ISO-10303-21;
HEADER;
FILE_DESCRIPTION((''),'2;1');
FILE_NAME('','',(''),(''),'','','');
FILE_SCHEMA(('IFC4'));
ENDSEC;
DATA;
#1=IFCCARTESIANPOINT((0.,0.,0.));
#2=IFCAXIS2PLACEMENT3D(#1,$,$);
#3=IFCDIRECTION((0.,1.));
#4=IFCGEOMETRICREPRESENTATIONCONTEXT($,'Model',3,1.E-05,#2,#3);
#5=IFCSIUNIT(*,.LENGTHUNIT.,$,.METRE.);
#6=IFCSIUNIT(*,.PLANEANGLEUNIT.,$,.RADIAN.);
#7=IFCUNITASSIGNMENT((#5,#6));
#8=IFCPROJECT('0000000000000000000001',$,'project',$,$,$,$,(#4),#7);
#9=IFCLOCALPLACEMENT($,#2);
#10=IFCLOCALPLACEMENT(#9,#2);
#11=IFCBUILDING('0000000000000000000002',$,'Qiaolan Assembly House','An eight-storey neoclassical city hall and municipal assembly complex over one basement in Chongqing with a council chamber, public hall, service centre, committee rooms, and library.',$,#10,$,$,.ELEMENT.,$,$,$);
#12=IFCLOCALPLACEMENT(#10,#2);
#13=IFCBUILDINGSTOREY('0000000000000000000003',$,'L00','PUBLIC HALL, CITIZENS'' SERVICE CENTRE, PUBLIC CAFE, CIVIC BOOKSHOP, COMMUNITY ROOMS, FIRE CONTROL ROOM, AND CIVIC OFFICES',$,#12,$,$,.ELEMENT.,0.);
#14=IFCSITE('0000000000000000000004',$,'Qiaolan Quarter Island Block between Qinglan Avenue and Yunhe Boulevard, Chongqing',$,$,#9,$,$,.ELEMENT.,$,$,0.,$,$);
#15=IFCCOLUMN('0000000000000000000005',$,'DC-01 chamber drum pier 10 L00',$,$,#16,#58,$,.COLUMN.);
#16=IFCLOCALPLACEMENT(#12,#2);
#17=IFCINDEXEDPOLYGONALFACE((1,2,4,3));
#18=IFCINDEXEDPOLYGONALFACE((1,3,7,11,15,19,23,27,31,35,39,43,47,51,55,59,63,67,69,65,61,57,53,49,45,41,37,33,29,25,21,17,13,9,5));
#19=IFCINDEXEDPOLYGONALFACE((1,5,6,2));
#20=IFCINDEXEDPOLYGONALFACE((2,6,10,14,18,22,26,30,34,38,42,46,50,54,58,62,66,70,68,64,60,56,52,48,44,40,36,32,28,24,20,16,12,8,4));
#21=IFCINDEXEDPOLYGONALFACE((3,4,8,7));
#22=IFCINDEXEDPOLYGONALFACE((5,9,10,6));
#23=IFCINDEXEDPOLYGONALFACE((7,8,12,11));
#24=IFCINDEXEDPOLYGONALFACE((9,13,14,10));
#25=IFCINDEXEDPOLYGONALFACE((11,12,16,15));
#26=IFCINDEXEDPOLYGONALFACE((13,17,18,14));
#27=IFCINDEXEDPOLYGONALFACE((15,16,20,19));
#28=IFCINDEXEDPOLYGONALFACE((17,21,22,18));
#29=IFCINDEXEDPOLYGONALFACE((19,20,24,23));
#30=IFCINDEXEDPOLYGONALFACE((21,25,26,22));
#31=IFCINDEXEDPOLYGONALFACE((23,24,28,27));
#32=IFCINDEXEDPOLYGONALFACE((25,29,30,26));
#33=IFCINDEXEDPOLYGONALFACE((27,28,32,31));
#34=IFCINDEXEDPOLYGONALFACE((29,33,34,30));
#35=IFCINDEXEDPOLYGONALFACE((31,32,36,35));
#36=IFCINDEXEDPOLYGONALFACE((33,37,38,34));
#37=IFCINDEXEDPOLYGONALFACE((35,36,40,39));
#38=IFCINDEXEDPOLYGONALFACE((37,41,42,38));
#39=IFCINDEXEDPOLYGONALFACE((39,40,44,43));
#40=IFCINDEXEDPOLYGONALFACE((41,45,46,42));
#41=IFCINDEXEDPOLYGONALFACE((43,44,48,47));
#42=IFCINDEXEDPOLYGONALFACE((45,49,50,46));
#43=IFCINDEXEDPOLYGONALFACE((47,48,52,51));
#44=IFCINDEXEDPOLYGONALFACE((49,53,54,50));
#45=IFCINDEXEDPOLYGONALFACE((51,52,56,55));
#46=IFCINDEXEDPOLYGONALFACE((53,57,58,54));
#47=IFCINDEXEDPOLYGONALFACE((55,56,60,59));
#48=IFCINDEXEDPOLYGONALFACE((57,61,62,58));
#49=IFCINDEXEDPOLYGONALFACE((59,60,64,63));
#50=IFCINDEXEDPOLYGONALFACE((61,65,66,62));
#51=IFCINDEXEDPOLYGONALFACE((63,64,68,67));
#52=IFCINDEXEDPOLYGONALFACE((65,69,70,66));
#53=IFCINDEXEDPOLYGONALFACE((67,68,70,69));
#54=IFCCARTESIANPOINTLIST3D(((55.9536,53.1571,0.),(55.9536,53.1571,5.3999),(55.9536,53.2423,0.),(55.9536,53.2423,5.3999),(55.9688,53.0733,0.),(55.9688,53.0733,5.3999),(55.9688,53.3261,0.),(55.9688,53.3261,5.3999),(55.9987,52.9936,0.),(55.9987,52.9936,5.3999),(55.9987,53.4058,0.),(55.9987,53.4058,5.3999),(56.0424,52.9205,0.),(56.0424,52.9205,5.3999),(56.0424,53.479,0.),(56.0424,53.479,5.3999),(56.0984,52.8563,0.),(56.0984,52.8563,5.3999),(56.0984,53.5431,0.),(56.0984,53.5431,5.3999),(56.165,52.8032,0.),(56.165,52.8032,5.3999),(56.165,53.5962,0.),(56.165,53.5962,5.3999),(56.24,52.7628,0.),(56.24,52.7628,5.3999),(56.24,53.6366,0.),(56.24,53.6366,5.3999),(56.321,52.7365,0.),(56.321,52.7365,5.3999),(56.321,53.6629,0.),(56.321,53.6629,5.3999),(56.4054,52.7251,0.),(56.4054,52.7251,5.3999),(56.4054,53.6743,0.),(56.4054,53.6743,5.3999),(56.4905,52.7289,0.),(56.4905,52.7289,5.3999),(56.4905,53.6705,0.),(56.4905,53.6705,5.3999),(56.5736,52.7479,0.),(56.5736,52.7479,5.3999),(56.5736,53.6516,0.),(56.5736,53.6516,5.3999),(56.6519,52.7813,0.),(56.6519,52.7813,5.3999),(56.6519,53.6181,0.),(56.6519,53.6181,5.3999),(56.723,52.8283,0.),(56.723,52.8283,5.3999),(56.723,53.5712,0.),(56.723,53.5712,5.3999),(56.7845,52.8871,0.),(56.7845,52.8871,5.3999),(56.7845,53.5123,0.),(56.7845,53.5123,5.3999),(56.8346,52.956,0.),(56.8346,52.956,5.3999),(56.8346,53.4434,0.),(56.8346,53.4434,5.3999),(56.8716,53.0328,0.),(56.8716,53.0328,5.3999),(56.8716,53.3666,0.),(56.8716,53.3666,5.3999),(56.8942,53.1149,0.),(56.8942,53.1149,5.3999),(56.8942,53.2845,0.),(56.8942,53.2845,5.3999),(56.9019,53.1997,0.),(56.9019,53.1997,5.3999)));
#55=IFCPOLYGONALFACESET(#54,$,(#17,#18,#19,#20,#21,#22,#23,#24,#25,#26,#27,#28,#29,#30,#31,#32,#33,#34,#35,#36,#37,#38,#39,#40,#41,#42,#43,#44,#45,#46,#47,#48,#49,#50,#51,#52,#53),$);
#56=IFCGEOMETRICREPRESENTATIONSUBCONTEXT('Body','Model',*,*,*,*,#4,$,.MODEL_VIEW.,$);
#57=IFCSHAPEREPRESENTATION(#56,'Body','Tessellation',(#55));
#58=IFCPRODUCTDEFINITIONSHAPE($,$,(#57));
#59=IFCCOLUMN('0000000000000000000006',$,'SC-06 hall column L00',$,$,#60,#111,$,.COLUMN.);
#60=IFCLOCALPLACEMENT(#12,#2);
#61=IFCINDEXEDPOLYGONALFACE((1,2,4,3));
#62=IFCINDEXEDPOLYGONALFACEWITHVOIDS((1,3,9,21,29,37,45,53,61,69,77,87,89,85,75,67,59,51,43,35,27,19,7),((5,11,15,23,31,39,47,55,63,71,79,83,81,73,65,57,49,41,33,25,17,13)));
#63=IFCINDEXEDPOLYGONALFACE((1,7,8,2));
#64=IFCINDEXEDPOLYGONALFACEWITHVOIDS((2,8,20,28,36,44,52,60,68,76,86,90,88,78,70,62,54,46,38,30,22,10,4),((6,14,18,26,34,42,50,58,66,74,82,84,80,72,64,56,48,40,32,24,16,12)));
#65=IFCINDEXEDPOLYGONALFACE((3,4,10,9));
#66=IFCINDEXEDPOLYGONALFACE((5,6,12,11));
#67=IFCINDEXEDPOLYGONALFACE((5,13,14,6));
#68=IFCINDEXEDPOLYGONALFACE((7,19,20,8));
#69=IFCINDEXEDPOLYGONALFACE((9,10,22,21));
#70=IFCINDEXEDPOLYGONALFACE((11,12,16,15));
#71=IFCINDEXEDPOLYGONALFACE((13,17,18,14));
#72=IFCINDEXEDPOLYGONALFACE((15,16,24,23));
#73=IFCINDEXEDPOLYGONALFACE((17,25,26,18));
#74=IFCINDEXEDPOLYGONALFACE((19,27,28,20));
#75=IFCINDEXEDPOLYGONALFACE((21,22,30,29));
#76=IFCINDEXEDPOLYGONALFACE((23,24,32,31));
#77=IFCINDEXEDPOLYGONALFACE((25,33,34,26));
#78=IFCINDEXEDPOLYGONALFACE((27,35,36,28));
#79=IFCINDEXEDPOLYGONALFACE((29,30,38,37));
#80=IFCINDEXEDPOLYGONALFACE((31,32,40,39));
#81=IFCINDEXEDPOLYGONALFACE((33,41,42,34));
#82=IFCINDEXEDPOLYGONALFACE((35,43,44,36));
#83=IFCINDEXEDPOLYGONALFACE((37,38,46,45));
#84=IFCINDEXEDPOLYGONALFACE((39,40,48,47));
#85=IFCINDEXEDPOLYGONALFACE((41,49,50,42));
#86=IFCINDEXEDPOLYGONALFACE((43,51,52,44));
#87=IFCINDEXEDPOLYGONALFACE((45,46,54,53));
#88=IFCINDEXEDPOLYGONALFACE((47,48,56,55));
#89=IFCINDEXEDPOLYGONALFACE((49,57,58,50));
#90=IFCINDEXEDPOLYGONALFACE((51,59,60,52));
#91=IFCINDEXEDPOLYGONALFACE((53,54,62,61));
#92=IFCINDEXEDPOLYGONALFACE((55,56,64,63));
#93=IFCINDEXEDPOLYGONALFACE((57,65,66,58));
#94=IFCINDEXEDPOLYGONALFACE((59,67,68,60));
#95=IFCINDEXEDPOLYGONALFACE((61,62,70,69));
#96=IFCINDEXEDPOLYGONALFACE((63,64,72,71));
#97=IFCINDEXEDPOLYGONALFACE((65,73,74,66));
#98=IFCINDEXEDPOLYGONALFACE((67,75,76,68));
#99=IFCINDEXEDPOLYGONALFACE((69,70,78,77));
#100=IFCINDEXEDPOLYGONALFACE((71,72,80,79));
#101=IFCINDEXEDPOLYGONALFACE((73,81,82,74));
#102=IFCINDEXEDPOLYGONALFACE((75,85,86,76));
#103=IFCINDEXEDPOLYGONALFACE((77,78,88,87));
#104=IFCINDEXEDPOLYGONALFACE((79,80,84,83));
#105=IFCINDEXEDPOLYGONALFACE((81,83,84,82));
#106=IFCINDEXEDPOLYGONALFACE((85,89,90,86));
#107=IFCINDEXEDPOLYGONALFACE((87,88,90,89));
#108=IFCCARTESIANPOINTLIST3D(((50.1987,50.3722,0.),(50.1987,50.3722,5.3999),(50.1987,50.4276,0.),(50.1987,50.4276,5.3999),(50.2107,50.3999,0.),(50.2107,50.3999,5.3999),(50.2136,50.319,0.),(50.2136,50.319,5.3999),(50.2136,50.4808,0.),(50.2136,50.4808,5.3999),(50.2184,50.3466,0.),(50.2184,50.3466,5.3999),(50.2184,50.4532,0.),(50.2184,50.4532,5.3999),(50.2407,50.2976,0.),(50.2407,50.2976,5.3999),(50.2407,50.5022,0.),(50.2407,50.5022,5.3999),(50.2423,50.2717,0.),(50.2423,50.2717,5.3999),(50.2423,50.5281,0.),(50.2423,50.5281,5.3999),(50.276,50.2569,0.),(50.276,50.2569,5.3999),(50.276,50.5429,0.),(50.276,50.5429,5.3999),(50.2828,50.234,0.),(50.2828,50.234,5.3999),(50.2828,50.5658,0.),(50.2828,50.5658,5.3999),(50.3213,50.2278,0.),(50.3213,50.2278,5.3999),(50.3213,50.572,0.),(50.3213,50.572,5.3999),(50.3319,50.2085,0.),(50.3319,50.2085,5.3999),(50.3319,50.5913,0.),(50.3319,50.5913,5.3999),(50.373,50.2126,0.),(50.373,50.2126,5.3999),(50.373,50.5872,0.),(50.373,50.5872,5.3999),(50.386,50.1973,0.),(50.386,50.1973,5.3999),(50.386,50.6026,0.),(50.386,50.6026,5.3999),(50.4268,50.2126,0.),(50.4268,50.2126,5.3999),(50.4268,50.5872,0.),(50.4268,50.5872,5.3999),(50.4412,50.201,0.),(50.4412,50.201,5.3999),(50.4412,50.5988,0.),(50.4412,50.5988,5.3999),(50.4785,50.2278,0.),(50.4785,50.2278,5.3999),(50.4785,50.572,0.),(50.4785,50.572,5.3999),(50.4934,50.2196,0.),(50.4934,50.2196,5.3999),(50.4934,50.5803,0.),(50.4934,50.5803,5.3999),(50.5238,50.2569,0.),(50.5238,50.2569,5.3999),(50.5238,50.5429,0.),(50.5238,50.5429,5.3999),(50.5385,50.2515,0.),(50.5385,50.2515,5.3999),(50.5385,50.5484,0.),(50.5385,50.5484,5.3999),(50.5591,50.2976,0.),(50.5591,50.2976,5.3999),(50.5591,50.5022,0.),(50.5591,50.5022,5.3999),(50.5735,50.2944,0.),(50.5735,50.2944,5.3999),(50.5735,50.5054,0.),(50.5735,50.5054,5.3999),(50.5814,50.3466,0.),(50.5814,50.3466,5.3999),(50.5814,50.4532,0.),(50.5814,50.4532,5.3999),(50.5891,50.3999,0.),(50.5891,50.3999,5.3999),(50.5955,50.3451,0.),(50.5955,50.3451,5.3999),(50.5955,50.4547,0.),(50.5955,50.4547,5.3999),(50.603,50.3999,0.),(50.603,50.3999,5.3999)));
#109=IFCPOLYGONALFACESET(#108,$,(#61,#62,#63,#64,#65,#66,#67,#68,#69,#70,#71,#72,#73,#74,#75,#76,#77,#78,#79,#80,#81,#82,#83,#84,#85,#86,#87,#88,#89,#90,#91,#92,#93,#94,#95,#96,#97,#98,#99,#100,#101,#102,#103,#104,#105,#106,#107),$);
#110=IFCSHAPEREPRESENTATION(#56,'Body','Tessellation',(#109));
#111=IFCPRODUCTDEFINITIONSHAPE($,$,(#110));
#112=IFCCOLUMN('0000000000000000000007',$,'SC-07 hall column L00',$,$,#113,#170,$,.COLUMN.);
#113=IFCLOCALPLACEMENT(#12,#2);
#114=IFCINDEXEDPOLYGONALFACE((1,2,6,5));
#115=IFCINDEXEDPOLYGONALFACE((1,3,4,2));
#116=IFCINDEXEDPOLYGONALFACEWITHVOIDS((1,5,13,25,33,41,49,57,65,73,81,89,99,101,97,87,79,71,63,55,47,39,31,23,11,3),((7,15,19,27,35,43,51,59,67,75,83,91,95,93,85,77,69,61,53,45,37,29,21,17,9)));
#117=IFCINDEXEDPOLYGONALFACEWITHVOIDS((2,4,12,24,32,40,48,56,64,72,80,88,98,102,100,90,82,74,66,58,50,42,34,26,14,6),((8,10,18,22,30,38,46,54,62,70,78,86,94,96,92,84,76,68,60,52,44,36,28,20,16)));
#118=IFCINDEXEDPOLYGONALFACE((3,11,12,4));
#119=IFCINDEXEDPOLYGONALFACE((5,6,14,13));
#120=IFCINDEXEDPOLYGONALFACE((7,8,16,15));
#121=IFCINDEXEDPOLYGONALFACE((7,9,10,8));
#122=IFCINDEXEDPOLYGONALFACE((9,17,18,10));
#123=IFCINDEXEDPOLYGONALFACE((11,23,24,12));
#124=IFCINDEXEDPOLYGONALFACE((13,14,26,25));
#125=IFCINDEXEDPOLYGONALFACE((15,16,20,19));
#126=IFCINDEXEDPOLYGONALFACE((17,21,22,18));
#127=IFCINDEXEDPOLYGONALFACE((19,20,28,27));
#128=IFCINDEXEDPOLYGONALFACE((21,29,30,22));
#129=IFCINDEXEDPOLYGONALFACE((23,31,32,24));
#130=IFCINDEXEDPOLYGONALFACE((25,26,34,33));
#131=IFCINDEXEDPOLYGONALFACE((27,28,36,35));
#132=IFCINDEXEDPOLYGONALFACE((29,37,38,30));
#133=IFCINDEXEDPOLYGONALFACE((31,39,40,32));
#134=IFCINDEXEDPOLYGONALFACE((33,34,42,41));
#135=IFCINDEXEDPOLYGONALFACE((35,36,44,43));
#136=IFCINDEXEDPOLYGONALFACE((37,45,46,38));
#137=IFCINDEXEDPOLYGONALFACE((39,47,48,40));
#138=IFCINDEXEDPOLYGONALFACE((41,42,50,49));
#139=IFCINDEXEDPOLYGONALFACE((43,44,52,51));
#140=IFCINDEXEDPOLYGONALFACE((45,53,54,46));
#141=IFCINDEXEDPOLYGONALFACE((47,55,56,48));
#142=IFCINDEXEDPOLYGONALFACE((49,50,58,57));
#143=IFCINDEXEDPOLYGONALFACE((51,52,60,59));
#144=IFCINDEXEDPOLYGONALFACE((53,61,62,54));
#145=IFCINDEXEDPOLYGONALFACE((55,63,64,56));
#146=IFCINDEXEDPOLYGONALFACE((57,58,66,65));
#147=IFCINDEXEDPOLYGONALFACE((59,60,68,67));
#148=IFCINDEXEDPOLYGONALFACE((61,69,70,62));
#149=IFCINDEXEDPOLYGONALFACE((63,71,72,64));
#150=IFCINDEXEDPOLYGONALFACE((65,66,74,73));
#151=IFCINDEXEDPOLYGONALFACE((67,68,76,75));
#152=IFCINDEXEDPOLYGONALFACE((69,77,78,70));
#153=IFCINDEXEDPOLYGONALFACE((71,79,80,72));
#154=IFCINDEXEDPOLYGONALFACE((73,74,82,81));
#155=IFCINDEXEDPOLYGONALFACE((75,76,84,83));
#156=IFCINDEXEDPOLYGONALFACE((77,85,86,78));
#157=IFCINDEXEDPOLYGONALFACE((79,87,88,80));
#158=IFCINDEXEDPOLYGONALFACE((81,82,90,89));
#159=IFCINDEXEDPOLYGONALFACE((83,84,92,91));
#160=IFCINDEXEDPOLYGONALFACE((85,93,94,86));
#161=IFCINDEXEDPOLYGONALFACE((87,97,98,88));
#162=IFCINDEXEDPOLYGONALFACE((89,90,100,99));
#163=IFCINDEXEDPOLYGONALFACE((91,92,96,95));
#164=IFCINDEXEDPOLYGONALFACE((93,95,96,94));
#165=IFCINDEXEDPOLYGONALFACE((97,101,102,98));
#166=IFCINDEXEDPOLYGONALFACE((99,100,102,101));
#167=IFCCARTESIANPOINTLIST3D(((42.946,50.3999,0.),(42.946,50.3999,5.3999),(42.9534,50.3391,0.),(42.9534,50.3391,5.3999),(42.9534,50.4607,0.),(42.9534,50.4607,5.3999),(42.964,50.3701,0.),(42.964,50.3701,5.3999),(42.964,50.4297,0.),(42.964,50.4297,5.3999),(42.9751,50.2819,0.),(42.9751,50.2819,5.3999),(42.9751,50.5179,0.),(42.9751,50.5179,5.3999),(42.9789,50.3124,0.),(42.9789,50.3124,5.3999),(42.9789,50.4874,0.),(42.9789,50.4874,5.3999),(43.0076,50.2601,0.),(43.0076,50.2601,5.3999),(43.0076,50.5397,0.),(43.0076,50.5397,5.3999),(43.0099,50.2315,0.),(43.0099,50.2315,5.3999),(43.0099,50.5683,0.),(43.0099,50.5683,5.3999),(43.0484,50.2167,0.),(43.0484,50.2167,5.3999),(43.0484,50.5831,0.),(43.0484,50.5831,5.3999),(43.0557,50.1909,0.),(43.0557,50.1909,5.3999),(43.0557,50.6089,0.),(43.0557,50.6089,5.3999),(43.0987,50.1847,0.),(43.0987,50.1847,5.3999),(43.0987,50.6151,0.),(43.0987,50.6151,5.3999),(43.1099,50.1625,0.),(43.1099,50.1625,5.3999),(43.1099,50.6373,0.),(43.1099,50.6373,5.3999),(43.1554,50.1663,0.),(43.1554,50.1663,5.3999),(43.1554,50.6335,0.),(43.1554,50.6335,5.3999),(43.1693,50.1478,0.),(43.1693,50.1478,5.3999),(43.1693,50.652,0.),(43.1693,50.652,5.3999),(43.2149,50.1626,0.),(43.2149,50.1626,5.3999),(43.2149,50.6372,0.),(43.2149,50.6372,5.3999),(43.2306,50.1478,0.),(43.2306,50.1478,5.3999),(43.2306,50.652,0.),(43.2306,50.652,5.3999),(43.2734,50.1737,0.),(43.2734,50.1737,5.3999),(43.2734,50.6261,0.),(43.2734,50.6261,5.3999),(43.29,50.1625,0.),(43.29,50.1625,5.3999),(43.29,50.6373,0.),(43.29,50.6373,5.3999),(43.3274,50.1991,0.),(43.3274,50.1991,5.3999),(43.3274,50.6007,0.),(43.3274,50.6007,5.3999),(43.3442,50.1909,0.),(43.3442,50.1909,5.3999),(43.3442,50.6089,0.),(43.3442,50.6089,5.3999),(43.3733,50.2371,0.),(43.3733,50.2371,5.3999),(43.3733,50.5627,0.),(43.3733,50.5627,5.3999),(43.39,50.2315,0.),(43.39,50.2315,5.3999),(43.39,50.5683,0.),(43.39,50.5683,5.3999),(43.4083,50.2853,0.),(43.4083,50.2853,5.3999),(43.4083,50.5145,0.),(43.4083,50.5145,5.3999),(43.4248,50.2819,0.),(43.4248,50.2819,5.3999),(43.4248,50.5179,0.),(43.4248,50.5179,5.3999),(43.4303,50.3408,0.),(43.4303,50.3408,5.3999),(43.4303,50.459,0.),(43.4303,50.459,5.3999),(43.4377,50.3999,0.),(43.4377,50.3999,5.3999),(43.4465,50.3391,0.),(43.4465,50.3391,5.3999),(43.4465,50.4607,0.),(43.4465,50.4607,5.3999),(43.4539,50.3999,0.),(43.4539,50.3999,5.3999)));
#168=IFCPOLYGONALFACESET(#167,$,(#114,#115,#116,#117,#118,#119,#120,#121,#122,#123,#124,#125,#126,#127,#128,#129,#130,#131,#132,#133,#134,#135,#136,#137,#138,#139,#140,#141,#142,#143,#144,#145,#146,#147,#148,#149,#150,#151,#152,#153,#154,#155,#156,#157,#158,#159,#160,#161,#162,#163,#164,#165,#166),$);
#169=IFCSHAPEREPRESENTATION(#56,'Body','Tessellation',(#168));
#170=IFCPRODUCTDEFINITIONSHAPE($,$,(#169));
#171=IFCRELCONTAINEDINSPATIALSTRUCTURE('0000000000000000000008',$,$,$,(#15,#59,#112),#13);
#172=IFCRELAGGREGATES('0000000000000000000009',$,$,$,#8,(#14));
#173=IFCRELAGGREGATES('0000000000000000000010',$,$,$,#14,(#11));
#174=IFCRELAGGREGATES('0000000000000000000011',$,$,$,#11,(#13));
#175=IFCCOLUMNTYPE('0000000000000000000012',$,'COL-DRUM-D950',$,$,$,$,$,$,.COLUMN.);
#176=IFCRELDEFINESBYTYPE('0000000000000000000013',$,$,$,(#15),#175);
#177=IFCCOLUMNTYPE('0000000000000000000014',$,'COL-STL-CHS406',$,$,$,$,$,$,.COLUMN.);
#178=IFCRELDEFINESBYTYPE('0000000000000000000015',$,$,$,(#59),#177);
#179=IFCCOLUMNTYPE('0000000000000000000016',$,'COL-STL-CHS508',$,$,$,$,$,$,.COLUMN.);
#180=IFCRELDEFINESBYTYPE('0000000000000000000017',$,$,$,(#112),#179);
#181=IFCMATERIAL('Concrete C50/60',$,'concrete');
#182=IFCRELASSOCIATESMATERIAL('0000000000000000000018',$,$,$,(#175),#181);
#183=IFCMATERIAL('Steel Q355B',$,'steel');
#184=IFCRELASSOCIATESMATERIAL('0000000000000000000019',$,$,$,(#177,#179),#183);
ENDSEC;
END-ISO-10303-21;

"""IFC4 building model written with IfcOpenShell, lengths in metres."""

from ifc_helpers import new_model, si_unit, direction, frame, origin, origin_2d, place, context, subcontext, project, spatial, circle, hollow_circle, extrude, material, material_profile, profile_set, type_object, element, save


model = new_model("IFC4")

# Units and contexts
model_context = context("Model", 3, precision=1e-05, world=origin(), true_north=direction((0.0, 1.0)))
body_context = subcontext(model_context, "Body", "Model", "MODEL_VIEW")
ifc_project = project(units=[si_unit("LENGTHUNIT", "METRE"), si_unit("PLANEANGLEUNIT", "RADIAN")], contexts=[model_context])

# Site, building, storey
site_placement = place(None, origin())
site = spatial("IfcSite", under=ifc_project, at=site_placement, Name="Qiaolan Quarter Island Block between Qinglan Avenue and Yunhe Boulevard, Chongqing", CompositionType="ELEMENT", RefElevation=0.0)
building_placement = place(site_placement, origin())
building = spatial("IfcBuilding", under=site, at=building_placement, Name="Qiaolan Assembly House", Description="An eight-storey neoclassical city hall and municipal assembly complex over one basement in Chongqing with a council chamber, public hall, service centre, committee rooms, and library.", CompositionType="ELEMENT")
storey_placement = place(building_placement, origin())
storey = spatial("IfcBuildingStorey", under=building, at=storey_placement, Name="L00", Description="PUBLIC HALL, CITIZENS' SERVICE CENTRE, PUBLIC CAFE, CIVIC BOOKSHOP, COMMUNITY ROOMS, FIRE CONTROL ROOM, AND CIVIC OFFICES", CompositionType="ELEMENT", Elevation=0.0)

# Columns
ifc_material_1 = material(Name="Concrete C50/60", Category="concrete")
ifc_material_profile_1 = material_profile(ifc_material_1, circle(Radius=0.4751, at=origin_2d()), Name="CIRC D950")
ifc_profile_set_1 = profile_set([ifc_material_profile_1], Name="Concrete C50/60")
column_type_1 = type_object("IfcColumnType", Name="COL-DRUM-D950", PredefinedType="COLUMN", material=ifc_profile_set_1)
column_1_placement = place(storey_placement, frame((56.4268, 53.1997, 0.0), z_axis=(0.0, 0.0, 1.0), x_axis=(1.0, 0.0, 0.0)))
element("IfcColumn", 1, at=column_1_placement, inside=storey, type_object=column_type_1, Name="DC-01 chamber drum pier 10 L00", PredefinedType="COLUMN", context=body_context, shape_type="SweptSolid", body=[
    extrude(circle(Radius=0.4751, at=origin_2d()), origin(), (0.0, 0.0, 1.0), 5.3999),
])
ifc_material_2 = material(Name="Steel Q355B", Category="steel")
ifc_material_profile_2 = material_profile(ifc_material_2, hollow_circle(Radius=0.2031, WallThickness=0.0139, at=origin_2d()), Name="CHS 406.4x14")
ifc_profile_set_2 = profile_set([ifc_material_profile_2], Name="Steel Q355B")
column_type_2 = type_object("IfcColumnType", Name="COL-STL-CHS406", PredefinedType="COLUMN", material=ifc_profile_set_2)
column_2_placement = place(storey_placement, frame((50.3999, 50.3999, 0.0), z_axis=(0.0, 0.0, 1.0), x_axis=(1.0, 0.0, 0.0)))
element("IfcColumn", 2, at=column_2_placement, inside=storey, type_object=column_type_2, Name="SC-06 hall column L00", PredefinedType="COLUMN", context=body_context, shape_type="SweptSolid", body=[
    extrude(hollow_circle(Radius=0.2031, WallThickness=0.0139, at=origin_2d()), origin(), (0.0, 0.0, 1.0), 5.3999),
])
ifc_material_profile_3 = material_profile(ifc_material_2, hollow_circle(Radius=0.2539, WallThickness=0.0161, at=origin_2d()), Name="CHS 508x16")
ifc_profile_set_3 = profile_set([ifc_material_profile_3], Name="Steel Q355B")
column_type_3 = type_object("IfcColumnType", Name="COL-STL-CHS508", PredefinedType="COLUMN", material=ifc_profile_set_3)
column_3_placement = place(storey_placement, frame((43.2, 50.3999, 0.0), z_axis=(0.0, 0.0, 1.0), x_axis=(1.0, 0.0, 0.0)))
element("IfcColumn", 3, at=column_3_placement, inside=storey, type_object=column_type_3, Name="SC-07 hall column L00", PredefinedType="COLUMN", context=body_context, shape_type="SweptSolid", body=[
    extrude(hollow_circle(Radius=0.2539, WallThickness=0.0161, at=origin_2d()), origin(), (0.0, 0.0, 1.0), 5.3999),
])

save(model, "model.ifc")
